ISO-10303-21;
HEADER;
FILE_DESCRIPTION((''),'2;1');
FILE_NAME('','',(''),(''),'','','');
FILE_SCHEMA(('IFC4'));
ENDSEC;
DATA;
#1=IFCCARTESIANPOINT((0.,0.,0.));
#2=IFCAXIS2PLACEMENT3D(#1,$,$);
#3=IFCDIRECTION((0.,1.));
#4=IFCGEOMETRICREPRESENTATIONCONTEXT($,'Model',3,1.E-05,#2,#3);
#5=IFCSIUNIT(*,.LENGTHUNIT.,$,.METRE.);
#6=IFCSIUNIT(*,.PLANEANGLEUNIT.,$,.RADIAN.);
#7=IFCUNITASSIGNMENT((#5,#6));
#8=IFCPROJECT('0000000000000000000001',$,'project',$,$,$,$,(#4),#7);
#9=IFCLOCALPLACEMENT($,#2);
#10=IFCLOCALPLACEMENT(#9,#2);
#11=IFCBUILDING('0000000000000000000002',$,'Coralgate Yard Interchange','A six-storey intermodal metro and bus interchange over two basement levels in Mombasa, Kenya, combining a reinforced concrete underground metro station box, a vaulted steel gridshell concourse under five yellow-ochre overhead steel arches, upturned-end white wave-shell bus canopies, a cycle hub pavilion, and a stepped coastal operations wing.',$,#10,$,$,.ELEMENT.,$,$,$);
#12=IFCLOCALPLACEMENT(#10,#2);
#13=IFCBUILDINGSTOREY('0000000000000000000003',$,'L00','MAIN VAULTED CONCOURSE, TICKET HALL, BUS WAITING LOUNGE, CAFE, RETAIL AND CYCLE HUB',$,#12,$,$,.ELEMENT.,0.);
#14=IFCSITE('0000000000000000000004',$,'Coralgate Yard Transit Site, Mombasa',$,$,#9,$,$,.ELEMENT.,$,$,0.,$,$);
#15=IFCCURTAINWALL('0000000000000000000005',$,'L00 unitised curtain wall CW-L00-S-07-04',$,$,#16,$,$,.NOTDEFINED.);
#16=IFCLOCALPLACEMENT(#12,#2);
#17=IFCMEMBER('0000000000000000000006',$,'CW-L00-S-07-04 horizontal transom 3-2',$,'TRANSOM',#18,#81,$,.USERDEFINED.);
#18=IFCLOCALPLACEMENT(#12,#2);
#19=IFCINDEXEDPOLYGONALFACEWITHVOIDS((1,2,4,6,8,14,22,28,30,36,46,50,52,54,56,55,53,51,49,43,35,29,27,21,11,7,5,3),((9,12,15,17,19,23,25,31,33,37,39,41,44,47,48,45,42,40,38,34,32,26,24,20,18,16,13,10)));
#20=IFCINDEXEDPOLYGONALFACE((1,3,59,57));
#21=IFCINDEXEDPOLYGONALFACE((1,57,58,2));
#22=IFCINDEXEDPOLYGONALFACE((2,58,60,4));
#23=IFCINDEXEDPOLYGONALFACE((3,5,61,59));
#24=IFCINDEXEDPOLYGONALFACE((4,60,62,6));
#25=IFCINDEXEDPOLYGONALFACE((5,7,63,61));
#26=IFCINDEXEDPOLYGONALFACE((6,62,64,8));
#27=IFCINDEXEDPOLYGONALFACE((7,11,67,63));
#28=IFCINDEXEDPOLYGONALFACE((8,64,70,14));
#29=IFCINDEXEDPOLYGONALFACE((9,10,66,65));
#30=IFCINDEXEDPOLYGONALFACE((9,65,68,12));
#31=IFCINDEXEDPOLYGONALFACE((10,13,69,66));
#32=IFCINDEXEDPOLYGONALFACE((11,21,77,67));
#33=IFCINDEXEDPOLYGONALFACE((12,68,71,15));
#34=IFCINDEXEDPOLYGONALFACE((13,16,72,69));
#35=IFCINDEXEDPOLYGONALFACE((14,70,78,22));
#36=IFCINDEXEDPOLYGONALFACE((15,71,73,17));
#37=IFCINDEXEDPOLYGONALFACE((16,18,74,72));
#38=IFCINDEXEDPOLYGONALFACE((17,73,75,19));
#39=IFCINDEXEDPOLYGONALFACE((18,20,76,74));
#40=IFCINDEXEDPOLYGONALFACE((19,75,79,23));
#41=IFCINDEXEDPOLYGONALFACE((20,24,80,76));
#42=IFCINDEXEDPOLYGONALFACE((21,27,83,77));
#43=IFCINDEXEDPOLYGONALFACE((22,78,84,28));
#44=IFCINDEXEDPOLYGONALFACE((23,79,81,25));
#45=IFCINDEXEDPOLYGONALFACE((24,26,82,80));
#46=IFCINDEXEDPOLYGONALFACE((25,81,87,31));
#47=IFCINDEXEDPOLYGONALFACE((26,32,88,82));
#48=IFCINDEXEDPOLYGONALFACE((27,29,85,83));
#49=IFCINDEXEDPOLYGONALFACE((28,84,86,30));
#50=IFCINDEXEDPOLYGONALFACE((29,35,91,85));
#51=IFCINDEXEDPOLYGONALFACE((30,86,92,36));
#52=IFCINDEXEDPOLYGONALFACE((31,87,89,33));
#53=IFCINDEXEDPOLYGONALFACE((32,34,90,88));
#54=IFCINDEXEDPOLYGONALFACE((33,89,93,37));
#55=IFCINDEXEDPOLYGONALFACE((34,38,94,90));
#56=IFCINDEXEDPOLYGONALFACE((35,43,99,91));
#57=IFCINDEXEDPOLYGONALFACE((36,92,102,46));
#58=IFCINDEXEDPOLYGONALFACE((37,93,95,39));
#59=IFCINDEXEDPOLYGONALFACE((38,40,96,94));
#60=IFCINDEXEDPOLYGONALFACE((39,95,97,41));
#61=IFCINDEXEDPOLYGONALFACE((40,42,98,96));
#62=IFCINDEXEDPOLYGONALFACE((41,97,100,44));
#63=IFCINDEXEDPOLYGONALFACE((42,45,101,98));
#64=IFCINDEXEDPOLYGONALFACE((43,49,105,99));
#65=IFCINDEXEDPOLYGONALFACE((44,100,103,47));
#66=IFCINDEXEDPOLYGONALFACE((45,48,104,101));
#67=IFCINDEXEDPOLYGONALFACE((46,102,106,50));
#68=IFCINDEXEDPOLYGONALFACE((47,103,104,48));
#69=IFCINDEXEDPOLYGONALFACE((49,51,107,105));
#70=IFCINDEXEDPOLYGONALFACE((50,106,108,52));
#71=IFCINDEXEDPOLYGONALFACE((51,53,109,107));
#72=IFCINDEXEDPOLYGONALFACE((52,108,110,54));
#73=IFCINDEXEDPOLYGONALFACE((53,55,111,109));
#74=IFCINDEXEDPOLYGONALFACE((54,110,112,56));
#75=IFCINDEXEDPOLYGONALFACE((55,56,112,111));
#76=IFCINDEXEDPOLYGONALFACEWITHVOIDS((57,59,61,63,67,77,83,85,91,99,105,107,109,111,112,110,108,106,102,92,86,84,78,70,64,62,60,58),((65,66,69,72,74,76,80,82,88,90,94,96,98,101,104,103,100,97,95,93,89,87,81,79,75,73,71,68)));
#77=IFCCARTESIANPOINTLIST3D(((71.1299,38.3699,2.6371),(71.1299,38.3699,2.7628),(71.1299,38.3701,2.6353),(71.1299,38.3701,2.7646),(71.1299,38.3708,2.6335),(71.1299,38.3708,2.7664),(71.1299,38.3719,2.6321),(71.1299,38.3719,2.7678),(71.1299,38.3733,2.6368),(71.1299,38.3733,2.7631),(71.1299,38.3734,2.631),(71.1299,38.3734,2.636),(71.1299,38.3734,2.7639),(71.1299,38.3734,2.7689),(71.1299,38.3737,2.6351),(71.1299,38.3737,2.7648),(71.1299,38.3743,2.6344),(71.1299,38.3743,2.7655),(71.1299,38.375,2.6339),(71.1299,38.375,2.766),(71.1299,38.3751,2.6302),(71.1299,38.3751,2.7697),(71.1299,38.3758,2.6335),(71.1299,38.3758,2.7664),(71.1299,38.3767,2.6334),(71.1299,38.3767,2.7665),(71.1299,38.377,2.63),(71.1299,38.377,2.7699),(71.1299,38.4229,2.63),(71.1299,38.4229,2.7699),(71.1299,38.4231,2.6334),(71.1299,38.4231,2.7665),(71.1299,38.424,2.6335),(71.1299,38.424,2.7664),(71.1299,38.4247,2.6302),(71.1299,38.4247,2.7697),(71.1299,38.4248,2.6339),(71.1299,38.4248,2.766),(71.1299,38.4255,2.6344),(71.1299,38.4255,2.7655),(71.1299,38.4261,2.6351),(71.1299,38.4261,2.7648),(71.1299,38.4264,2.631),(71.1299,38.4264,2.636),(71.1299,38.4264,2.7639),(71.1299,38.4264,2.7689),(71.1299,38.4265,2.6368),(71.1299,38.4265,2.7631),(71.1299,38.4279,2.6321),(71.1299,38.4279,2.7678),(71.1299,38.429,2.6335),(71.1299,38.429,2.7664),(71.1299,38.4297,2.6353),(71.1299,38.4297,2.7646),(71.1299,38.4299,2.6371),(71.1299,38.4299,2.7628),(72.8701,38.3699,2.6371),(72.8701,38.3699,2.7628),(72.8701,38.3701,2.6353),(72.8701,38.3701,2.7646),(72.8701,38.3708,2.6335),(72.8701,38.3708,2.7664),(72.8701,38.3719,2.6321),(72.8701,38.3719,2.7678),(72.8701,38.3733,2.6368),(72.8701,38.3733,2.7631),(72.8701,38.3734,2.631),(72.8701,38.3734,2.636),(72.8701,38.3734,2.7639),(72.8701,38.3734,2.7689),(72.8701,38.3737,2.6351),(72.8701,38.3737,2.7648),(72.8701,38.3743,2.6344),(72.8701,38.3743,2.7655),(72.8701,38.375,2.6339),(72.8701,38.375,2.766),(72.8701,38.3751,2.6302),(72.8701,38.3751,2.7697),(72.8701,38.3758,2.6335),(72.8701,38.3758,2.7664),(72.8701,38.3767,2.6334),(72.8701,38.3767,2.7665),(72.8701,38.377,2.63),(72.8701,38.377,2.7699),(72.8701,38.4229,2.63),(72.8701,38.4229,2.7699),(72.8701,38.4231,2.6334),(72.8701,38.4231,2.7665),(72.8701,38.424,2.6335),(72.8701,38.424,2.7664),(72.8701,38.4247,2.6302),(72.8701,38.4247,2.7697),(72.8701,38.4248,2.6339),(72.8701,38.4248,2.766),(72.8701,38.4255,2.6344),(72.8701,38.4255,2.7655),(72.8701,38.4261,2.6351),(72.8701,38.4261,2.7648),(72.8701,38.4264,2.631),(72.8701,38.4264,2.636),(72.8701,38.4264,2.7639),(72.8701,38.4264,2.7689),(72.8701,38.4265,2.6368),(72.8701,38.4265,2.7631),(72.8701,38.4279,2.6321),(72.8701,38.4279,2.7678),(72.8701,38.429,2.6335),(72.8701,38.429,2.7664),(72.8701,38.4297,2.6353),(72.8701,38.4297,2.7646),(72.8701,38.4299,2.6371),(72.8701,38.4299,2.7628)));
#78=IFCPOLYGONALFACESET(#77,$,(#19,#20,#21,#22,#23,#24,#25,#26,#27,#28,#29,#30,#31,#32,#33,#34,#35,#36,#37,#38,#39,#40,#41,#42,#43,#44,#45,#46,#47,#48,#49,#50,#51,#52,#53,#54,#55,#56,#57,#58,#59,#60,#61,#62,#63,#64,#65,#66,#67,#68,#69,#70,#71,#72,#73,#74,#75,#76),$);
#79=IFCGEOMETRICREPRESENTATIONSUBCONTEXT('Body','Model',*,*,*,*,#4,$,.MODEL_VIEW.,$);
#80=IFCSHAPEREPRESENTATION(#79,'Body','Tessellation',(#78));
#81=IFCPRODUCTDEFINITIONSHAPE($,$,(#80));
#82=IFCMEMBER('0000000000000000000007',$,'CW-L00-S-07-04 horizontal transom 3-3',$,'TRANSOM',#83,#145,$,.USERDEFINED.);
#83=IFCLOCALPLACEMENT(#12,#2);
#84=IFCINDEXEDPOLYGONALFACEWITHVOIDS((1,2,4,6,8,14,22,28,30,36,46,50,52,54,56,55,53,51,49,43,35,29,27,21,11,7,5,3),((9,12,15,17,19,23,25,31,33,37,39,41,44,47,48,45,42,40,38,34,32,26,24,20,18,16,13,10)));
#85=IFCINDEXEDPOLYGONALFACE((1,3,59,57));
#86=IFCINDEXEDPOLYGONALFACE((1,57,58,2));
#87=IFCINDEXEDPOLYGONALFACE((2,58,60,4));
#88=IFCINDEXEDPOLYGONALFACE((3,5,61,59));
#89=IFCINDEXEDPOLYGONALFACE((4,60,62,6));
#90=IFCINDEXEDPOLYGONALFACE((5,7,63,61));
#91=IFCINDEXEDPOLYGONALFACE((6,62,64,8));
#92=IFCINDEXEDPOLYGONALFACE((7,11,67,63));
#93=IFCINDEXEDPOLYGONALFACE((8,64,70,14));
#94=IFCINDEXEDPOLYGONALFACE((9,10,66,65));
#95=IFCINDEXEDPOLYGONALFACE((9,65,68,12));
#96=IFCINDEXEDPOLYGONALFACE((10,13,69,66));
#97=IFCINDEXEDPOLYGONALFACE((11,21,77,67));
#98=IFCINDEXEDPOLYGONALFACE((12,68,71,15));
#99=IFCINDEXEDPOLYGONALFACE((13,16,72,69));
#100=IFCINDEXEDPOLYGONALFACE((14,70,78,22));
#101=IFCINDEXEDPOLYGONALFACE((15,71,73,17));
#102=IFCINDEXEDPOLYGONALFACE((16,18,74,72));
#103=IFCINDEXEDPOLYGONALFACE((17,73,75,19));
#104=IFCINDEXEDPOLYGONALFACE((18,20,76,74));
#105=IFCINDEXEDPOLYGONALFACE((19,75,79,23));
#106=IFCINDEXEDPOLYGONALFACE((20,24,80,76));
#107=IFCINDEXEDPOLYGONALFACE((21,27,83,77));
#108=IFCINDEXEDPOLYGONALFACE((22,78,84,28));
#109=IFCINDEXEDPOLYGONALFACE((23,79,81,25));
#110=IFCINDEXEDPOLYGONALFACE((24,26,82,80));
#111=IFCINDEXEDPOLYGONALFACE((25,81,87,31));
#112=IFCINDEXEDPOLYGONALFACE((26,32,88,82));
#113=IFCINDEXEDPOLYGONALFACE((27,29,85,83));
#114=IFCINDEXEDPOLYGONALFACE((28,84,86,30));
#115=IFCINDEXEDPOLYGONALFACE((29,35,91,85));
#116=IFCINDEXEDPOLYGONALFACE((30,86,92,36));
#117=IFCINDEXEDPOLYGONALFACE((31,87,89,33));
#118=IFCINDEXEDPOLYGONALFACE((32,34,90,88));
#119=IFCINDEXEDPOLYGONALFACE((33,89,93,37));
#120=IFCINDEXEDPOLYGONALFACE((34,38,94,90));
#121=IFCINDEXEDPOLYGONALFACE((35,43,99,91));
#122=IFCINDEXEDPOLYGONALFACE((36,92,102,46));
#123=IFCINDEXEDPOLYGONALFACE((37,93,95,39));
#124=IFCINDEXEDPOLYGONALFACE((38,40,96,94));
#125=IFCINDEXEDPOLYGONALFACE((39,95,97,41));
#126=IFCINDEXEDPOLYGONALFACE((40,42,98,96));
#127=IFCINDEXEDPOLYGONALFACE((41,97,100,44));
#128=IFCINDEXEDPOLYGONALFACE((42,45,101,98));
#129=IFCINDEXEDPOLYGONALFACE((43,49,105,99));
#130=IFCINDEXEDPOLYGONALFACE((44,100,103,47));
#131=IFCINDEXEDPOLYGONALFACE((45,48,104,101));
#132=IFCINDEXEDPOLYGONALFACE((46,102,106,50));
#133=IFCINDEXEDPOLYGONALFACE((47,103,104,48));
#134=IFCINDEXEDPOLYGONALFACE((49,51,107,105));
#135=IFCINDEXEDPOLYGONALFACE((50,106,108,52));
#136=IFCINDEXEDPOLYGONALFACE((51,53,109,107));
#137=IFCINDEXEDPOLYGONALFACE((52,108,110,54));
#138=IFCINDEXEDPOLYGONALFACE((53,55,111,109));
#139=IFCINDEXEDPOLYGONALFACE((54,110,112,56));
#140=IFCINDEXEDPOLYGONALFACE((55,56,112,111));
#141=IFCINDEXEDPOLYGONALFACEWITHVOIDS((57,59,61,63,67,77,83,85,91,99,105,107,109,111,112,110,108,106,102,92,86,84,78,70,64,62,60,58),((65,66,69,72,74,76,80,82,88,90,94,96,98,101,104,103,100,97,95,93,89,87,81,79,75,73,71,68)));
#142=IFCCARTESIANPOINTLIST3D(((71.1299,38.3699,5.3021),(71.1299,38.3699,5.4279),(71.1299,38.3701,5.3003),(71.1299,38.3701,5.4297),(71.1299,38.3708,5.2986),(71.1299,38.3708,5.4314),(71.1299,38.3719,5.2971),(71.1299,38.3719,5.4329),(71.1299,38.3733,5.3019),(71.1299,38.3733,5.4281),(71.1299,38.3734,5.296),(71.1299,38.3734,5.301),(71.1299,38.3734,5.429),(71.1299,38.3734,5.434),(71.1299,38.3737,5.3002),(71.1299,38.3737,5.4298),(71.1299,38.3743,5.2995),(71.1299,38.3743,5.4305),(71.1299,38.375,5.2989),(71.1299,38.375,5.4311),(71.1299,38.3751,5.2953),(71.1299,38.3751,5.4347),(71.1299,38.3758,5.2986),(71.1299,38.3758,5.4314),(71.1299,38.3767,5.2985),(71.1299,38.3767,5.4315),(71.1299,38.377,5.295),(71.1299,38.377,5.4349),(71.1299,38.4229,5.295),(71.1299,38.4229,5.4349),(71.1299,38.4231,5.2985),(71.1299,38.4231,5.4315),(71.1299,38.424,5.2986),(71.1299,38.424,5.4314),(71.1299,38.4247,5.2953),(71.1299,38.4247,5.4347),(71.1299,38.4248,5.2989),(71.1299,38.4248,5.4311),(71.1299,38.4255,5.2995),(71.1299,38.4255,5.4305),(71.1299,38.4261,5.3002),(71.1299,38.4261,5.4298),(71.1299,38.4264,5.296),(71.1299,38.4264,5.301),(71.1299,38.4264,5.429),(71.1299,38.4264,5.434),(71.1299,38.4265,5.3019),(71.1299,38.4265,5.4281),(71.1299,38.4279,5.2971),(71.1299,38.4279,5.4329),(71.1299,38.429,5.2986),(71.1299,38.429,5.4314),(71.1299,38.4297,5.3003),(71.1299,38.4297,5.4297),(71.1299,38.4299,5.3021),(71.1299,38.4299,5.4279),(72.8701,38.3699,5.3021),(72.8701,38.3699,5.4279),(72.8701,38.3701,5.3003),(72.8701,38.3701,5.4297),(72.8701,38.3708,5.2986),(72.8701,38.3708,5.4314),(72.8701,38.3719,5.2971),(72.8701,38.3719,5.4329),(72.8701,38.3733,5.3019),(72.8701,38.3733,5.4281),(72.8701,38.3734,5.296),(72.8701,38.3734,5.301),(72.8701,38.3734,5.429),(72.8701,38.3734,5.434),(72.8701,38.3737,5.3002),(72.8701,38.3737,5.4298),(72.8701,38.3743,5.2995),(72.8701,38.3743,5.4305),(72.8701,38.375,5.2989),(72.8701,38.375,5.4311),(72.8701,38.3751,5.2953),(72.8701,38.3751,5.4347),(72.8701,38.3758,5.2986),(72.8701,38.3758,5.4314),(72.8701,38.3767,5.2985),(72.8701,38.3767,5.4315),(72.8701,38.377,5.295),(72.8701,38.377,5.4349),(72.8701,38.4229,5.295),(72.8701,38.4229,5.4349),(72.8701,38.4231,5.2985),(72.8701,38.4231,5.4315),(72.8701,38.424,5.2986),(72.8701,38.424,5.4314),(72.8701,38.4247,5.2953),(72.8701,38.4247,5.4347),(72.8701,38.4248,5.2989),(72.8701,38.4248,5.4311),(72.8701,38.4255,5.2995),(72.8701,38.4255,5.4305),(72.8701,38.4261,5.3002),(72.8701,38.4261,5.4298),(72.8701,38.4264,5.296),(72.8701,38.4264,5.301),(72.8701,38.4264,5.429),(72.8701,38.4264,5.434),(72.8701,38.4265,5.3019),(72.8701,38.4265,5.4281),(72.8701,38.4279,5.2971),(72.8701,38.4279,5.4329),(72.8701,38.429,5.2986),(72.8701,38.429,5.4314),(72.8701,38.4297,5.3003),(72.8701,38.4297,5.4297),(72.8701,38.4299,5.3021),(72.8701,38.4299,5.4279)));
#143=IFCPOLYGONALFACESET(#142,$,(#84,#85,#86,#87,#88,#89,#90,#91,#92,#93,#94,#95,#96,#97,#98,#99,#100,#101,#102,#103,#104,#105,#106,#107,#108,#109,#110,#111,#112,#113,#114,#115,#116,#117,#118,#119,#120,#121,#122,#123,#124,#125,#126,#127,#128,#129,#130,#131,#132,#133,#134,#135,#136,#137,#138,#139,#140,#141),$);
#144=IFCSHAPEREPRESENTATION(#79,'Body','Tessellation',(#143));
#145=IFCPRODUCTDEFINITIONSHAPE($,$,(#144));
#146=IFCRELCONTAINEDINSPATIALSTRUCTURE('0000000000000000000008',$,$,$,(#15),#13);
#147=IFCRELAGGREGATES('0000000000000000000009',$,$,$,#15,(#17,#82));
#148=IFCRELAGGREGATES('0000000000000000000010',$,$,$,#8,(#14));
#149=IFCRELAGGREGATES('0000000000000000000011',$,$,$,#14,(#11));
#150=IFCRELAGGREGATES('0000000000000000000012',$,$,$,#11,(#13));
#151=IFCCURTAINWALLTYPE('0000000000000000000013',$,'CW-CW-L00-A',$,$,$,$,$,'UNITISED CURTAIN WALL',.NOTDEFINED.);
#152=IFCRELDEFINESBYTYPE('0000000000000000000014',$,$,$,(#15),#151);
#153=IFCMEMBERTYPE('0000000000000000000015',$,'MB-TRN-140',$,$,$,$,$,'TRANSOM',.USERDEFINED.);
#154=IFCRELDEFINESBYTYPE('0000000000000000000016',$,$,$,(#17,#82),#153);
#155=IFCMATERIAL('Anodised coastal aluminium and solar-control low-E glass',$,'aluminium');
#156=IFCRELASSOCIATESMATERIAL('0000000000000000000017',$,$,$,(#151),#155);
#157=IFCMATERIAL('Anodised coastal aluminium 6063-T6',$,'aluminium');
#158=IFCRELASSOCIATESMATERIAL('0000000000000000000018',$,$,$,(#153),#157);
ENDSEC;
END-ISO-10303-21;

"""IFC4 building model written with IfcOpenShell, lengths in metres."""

from ifc_helpers import new_model, si_unit, direction, frame, origin, origin_2d, place, context, subcontext, project, spatial, hollow_rectangle, extrude, material, material_profile, profile_set, type_object, element, aggregate, save


model = new_model("IFC4")

# Units and contexts
model_context = context("Model", 3, precision=1e-05, world=origin(), true_north=direction((0.0, 1.0)))
body_context = subcontext(model_context, "Body", "Model", "MODEL_VIEW")
ifc_project = project(units=[si_unit("LENGTHUNIT", "METRE"), si_unit("PLANEANGLEUNIT", "RADIAN")], contexts=[model_context])

# Site, building, storey
site_placement = place(None, origin())
site = spatial("IfcSite", under=ifc_project, at=site_placement, Name="Coralgate Yard Transit Site, Mombasa", CompositionType="ELEMENT", RefElevation=0.0)
building_placement = place(site_placement, origin())
building = spatial("IfcBuilding", under=site, at=building_placement, Name="Coralgate Yard Interchange", Description="A six-storey intermodal metro and bus interchange over two basement levels in Mombasa, Kenya, combining a reinforced concrete underground metro station box, a vaulted steel gridshell concourse under five yellow-ochre overhead steel arches, upturned-end white wave-shell bus canopies, a cycle hub pavilion, and a stepped coastal operations wing.", CompositionType="ELEMENT")
storey_placement = place(building_placement, origin())
storey = spatial("IfcBuildingStorey", under=building, at=storey_placement, Name="L00", Description="MAIN VAULTED CONCOURSE, TICKET HALL, BUS WAITING LOUNGE, CAFE, RETAIL AND CYCLE HUB", CompositionType="ELEMENT", Elevation=0.0)

# Curtain wall, members
ifc_material_1 = material(Name="Anodised coastal aluminium and solar-control low-E glass", Category="aluminium")
curtain_wall_type = type_object("IfcCurtainWallType", Name="CW-CW-L00-A", ElementType="UNITISED CURTAIN WALL", PredefinedType="NOTDEFINED", material=ifc_material_1)
curtain_wall_placement = place(storey_placement, origin())
curtain_wall = element("IfcCurtainWall", 1, at=curtain_wall_placement, inside=storey, type_object=curtain_wall_type, Name="L00 unitised curtain wall CW-L00-S-07-04", PredefinedType="NOTDEFINED")
ifc_material_2 = material(Name="Anodised coastal aluminium 6063-T6", Category="aluminium")
ifc_material_profile_1 = material_profile(ifc_material_2, hollow_rectangle(XDim=0.0601, YDim=0.1399, WallThickness=0.0034, InnerFilletRadius=0.0034, OuterFilletRadius=0.0071, at=origin_2d()), Name="ALU 60x140x3.5")
ifc_profile_set_1 = profile_set([ifc_material_profile_1], Name="Anodised coastal aluminium 6063-T6")
member_type_1 = type_object("IfcMemberType", Name="MB-TRN-140", ElementType="TRANSOM", PredefinedType="USERDEFINED", material=ifc_profile_set_1)
member_1_placement = place(storey_placement, frame((72.8701, 38.3999, 2.7), z_axis=(-1.0, 0.0, 0.0), x_axis=(0.0, -1.0, 0.0)))
member_1 = element("IfcMember", 2, at=member_1_placement, type_object=member_type_1, Name="CW-L00-S-07-04 horizontal transom 3-2", ObjectType="TRANSOM", PredefinedType="USERDEFINED", context=body_context, shape_type="SweptSolid", body=[
    extrude(hollow_rectangle(XDim=0.0601, YDim=0.1399, WallThickness=0.0034, InnerFilletRadius=0.0034, OuterFilletRadius=0.0071, at=origin_2d()), origin(), (0.0, 0.0, 1.0), 1.7402),
])
member_2_placement = place(storey_placement, frame((72.8701, 38.3999, 5.365), z_axis=(-1.0, 0.0, 0.0), x_axis=(0.0, -1.0, 0.0)))
member_2 = element("IfcMember", 3, at=member_2_placement, type_object=member_type_1, Name="CW-L00-S-07-04 horizontal transom 3-3", ObjectType="TRANSOM", PredefinedType="USERDEFINED", context=body_context, shape_type="SweptSolid", body=[
    extrude(hollow_rectangle(XDim=0.0601, YDim=0.1399, WallThickness=0.0034, InnerFilletRadius=0.0034, OuterFilletRadius=0.0071, at=origin_2d()), origin(), (0.0, 0.0, 1.0), 1.7402),
])
aggregate(curtain_wall, [member_1, member_2])

save(model, "model.ifc")
